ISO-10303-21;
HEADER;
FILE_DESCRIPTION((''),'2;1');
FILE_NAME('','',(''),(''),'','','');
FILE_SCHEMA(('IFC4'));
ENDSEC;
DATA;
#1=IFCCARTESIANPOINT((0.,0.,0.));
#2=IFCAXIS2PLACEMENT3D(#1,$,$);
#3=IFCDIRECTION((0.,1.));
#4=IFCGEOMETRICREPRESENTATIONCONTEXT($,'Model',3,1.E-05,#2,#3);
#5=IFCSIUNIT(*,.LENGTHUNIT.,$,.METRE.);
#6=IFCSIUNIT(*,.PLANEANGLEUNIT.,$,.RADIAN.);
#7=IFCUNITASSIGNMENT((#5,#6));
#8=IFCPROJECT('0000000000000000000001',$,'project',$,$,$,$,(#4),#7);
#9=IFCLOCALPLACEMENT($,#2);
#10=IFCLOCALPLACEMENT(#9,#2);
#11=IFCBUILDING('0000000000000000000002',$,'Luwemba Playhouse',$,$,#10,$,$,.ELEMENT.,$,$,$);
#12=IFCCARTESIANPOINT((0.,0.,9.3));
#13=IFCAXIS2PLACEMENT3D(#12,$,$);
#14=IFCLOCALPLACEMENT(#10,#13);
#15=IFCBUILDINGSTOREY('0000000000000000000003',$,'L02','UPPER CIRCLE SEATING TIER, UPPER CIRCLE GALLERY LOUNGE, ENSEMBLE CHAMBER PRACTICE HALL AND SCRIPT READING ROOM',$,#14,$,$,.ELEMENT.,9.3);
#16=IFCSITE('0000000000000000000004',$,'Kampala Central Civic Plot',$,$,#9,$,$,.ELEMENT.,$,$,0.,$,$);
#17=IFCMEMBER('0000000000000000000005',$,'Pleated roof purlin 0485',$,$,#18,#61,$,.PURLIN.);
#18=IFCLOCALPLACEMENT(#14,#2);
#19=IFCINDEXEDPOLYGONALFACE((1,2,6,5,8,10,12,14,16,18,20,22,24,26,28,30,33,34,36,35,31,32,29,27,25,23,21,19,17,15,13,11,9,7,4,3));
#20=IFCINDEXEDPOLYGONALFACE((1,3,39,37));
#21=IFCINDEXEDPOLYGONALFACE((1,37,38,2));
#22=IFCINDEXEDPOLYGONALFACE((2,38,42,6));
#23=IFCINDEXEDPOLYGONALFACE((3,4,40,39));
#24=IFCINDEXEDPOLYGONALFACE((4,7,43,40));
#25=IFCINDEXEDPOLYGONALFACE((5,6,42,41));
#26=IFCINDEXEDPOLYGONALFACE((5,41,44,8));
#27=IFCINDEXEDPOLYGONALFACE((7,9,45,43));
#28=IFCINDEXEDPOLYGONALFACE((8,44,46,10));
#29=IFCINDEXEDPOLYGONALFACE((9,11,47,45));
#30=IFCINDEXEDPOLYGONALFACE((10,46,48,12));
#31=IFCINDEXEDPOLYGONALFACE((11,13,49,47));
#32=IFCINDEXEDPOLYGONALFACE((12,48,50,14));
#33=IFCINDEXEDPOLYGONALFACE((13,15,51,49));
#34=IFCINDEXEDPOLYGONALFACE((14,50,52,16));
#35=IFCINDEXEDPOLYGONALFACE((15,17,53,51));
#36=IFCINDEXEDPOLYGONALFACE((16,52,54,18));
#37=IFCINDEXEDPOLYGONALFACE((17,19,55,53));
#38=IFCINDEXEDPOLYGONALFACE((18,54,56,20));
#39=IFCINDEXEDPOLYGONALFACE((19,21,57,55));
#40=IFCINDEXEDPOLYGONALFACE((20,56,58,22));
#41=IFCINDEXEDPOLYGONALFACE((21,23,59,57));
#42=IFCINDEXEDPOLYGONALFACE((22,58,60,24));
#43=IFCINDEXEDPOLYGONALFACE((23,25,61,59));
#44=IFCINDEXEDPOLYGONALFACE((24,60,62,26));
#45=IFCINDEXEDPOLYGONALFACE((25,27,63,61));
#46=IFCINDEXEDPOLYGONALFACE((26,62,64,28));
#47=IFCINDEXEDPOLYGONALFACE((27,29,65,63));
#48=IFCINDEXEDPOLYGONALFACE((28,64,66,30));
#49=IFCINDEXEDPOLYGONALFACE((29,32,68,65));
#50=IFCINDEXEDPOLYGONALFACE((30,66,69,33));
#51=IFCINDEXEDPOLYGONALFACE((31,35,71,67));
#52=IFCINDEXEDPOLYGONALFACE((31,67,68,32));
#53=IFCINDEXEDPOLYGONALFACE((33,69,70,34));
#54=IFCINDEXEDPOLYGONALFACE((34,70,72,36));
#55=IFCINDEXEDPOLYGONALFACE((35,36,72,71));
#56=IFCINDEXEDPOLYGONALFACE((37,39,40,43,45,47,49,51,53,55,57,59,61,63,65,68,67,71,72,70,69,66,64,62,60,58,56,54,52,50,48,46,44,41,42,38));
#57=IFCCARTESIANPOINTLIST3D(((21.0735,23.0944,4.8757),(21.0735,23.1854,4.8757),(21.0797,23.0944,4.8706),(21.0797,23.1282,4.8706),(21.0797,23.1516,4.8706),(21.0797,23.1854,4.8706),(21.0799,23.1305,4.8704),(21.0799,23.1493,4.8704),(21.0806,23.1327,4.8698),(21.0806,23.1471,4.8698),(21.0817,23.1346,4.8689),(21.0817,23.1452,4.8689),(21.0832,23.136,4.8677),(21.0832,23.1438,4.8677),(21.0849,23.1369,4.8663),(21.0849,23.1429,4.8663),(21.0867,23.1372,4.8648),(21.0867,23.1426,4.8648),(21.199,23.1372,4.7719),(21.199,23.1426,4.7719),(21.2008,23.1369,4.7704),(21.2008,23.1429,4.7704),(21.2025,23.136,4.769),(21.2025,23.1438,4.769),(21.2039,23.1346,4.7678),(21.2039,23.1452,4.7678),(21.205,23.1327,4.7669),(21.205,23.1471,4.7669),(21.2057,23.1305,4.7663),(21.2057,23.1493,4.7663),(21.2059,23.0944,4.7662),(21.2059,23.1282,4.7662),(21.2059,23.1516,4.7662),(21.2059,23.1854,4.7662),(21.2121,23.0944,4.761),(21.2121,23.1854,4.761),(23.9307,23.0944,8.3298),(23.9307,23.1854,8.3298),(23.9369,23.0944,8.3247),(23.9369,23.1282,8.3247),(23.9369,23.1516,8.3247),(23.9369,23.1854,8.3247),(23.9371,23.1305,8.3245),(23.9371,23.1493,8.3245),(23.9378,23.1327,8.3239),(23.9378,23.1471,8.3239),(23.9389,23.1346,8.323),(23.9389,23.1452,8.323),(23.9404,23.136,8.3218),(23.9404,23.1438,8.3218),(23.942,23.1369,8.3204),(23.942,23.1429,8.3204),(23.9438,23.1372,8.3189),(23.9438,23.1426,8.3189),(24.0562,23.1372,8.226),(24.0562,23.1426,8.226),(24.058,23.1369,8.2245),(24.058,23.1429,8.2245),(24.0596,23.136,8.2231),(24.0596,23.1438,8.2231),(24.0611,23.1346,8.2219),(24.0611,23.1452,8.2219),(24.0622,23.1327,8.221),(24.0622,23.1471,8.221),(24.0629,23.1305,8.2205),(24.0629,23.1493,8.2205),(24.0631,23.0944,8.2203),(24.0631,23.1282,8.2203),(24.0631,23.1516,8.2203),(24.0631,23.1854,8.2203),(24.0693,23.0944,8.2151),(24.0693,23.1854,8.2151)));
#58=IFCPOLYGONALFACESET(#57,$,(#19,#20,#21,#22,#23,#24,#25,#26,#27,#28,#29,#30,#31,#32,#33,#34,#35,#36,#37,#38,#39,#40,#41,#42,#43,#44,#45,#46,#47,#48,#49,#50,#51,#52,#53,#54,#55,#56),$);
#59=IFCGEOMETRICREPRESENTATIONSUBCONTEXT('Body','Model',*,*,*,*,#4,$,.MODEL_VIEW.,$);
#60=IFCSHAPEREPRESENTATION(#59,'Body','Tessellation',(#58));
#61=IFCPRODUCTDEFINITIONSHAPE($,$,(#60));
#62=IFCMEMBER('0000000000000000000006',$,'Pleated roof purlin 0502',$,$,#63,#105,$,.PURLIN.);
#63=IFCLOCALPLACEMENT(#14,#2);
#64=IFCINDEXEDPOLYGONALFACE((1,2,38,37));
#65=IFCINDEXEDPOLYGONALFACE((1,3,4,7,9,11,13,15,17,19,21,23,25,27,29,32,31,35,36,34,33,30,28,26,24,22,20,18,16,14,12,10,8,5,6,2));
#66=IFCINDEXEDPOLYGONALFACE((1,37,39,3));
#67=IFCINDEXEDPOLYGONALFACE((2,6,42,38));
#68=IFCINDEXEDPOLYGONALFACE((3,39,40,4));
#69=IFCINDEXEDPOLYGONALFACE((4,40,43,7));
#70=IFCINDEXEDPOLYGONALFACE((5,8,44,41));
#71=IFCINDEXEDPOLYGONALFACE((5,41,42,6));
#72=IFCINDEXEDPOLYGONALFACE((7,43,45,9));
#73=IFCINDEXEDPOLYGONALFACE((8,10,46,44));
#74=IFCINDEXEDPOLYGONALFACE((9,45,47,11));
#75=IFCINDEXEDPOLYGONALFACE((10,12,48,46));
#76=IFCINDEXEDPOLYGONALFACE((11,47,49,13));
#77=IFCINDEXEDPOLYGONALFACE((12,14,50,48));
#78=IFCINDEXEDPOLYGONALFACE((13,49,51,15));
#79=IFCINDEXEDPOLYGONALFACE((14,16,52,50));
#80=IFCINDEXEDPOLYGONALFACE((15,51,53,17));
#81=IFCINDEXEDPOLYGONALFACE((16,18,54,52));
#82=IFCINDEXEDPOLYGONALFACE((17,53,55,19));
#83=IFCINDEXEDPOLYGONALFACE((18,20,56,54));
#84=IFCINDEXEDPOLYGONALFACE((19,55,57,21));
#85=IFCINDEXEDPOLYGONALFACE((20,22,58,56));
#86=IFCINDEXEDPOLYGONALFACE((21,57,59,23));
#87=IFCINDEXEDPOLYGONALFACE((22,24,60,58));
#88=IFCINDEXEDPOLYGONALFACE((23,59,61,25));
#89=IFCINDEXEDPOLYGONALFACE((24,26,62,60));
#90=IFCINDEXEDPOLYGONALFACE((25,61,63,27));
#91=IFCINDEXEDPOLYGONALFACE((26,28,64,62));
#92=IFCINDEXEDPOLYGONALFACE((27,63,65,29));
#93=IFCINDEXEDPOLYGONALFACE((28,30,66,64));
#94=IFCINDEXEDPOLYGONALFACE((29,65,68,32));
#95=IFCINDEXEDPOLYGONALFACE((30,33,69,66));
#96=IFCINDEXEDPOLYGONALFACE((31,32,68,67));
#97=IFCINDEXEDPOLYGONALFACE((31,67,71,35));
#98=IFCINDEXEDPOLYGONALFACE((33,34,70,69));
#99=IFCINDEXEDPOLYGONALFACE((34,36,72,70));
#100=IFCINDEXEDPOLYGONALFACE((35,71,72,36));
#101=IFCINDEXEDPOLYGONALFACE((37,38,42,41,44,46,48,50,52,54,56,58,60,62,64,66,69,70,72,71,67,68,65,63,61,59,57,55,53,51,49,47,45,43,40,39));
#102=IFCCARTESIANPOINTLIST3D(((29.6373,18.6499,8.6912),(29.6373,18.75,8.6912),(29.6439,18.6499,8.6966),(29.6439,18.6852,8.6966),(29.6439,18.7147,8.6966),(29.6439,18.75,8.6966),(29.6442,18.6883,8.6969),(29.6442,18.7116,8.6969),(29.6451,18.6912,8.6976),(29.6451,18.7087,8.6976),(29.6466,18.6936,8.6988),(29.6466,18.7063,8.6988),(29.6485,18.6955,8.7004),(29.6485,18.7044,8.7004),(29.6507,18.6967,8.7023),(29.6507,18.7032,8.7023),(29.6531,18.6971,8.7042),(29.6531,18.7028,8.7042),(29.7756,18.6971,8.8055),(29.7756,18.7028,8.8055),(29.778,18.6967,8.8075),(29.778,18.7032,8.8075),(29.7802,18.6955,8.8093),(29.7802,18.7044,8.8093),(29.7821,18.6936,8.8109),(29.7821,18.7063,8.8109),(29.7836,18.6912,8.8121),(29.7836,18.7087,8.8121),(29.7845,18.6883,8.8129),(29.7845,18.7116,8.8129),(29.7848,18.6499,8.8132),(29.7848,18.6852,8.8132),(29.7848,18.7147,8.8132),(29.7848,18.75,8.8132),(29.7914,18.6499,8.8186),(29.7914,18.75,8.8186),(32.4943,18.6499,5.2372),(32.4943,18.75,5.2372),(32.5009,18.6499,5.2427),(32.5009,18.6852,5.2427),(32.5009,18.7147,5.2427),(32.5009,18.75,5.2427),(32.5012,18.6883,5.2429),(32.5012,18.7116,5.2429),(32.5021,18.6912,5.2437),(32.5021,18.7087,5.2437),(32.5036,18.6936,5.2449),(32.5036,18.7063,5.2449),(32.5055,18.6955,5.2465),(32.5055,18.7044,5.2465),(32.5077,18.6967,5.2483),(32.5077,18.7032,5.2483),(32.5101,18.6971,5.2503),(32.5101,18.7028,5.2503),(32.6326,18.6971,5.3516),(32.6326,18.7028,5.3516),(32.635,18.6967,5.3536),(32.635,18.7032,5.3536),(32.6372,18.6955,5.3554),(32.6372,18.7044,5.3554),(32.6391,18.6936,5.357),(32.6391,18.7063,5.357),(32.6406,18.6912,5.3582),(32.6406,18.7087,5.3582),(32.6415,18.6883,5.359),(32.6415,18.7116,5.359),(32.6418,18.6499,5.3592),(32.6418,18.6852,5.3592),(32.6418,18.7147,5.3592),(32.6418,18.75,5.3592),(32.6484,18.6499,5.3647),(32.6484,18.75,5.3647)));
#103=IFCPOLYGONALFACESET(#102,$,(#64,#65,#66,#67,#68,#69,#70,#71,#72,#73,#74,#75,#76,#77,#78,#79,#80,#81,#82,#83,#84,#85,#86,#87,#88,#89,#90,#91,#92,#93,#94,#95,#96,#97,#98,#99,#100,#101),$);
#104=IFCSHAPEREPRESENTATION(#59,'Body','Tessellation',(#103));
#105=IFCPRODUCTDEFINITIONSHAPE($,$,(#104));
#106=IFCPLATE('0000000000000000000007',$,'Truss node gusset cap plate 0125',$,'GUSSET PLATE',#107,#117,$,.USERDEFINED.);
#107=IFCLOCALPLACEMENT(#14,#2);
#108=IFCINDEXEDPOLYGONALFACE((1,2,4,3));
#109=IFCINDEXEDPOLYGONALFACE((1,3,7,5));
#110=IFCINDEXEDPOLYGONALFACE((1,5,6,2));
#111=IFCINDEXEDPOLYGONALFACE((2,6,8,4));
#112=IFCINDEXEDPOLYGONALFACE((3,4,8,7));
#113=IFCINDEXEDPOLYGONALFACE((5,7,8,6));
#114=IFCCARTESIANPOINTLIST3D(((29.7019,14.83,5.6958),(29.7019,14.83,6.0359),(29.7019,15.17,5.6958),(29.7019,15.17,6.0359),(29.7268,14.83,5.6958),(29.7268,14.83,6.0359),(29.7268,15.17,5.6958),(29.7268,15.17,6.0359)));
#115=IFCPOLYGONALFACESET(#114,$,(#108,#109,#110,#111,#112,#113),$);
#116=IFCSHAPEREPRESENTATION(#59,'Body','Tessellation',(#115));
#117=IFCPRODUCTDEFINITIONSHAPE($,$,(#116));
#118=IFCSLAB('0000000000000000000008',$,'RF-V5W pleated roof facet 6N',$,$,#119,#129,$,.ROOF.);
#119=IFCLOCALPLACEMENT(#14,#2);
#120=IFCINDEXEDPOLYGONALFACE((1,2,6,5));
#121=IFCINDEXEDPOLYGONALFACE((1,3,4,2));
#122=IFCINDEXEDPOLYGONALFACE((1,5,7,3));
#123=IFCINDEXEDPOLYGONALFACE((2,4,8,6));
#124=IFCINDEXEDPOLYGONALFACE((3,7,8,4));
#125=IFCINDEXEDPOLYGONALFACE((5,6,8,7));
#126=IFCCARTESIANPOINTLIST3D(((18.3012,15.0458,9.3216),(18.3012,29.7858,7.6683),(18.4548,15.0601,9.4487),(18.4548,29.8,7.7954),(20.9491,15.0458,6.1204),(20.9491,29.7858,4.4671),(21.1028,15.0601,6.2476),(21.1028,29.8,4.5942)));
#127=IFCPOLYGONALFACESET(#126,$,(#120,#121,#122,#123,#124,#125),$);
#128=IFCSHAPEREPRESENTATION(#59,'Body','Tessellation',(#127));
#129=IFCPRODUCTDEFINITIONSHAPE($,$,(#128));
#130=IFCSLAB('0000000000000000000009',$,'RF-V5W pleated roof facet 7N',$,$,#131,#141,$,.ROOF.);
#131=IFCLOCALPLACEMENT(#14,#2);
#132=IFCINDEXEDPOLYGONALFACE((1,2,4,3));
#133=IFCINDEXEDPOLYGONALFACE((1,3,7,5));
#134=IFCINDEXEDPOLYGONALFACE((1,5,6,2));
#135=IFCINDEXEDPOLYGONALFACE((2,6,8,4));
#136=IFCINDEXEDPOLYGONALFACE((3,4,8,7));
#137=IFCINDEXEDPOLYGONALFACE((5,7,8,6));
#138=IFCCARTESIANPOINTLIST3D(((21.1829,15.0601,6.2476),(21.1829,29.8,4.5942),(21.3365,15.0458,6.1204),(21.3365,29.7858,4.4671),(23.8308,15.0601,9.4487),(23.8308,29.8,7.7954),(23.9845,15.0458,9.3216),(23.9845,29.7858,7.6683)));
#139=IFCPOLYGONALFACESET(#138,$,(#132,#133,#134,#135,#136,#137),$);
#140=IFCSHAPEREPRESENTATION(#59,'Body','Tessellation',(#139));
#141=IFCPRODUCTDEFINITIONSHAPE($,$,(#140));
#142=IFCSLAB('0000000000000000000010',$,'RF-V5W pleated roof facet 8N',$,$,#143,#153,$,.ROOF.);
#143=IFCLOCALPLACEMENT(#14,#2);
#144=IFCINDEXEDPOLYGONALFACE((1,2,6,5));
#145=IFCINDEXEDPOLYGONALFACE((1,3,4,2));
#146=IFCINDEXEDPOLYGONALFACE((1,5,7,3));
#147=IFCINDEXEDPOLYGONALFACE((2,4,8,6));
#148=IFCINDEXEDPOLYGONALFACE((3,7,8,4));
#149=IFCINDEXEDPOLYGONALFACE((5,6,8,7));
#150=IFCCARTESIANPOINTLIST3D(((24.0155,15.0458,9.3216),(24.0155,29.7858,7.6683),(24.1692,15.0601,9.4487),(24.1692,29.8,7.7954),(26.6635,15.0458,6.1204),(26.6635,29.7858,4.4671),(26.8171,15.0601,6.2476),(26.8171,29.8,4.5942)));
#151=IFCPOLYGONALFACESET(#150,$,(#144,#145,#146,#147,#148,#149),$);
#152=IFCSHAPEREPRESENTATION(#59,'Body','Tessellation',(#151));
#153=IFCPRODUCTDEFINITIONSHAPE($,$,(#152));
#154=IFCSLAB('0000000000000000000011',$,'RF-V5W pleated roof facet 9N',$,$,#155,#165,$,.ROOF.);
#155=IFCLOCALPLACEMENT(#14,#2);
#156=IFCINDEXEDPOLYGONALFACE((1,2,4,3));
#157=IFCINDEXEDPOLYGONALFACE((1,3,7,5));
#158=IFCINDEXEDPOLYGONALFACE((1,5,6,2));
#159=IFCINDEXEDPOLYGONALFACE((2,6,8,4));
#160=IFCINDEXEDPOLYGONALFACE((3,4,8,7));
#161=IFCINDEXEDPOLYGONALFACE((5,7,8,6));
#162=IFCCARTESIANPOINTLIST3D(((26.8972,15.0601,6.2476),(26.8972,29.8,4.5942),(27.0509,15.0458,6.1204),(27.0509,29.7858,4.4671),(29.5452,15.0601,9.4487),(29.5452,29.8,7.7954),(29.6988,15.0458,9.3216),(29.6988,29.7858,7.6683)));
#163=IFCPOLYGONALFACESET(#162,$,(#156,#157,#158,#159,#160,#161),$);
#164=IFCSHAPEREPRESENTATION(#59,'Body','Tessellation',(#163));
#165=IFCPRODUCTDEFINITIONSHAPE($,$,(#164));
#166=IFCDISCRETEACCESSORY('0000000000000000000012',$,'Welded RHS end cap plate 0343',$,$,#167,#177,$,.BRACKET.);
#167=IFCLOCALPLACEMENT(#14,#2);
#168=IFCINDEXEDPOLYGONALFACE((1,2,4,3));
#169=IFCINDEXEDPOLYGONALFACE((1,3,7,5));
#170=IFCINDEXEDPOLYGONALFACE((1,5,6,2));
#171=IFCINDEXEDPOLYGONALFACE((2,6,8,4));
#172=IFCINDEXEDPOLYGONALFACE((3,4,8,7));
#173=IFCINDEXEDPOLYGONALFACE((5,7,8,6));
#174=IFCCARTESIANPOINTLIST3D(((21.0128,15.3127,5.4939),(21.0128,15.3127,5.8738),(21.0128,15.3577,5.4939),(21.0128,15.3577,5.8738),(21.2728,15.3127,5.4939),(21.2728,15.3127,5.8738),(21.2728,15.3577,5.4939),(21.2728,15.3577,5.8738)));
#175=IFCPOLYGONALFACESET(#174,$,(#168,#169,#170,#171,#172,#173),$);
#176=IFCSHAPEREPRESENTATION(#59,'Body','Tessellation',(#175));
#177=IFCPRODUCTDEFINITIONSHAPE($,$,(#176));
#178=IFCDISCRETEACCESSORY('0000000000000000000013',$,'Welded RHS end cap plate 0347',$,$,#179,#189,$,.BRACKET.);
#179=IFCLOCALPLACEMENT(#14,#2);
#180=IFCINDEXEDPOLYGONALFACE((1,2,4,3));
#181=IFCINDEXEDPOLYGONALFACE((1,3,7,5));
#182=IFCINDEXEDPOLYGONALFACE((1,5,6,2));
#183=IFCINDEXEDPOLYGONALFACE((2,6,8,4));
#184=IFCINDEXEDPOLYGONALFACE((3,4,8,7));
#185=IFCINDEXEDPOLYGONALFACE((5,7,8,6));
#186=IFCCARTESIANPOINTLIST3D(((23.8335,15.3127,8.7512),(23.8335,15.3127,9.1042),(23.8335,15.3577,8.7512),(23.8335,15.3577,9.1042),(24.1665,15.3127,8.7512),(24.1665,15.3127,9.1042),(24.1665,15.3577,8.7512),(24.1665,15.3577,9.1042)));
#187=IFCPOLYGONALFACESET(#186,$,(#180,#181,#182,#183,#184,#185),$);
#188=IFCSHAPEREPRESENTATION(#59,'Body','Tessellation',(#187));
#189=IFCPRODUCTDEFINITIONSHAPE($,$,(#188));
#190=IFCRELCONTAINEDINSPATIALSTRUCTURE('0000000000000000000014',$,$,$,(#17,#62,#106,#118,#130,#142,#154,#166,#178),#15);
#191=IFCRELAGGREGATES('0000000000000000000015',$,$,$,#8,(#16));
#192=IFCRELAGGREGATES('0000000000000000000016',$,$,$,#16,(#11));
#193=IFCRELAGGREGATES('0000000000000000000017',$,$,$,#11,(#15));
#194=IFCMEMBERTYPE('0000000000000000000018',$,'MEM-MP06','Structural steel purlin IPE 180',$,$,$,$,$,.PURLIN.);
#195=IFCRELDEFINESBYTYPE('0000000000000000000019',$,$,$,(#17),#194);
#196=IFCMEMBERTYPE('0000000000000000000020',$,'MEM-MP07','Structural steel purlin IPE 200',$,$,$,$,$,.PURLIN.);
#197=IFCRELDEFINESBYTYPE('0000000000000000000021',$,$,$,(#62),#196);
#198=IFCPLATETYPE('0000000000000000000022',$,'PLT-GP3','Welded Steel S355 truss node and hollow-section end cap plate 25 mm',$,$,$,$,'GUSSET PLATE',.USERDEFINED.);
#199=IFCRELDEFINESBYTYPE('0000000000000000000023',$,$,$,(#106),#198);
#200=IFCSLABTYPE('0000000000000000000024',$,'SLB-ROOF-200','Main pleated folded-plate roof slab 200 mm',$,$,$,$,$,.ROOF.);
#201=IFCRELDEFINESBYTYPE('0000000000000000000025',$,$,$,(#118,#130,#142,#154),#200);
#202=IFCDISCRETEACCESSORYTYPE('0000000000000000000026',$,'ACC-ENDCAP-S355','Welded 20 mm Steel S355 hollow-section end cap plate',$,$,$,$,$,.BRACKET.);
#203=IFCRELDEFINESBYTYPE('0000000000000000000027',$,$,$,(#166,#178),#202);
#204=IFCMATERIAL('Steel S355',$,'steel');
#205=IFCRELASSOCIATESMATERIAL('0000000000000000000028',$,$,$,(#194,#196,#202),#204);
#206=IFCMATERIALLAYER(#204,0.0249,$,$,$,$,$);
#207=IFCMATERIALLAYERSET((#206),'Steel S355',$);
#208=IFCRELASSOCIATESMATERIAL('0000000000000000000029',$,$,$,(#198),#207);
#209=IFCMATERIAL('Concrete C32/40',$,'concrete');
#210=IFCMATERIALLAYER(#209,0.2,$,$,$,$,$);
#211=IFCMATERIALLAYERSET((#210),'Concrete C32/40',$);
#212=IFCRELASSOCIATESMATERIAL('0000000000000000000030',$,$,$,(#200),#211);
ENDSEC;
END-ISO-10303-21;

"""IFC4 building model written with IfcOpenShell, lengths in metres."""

from ifc_helpers import new_model, si_unit, direction, frame, origin, origin_2d, place, context, subcontext, project, spatial, polyline, rectangle, i_section, outline, extrude, material, layer, layer_set, material_profile, profile_set, type_object, element, save


model = new_model("IFC4")

# Units and contexts
model_context = context("Model", 3, precision=1e-05, world=origin(), true_north=direction((0.0, 1.0)))
body_context = subcontext(model_context, "Body", "Model", "MODEL_VIEW")
ifc_project = project(units=[si_unit("LENGTHUNIT", "METRE"), si_unit("PLANEANGLEUNIT", "RADIAN")], contexts=[model_context])

# Site, building, storey
site_placement = place(None, origin())
site = spatial("IfcSite", under=ifc_project, at=site_placement, Name="Kampala Central Civic Plot", CompositionType="ELEMENT", RefElevation=0.0)
building_placement = place(site_placement, origin())
building = spatial("IfcBuilding", under=site, at=building_placement, Name="Luwemba Playhouse", CompositionType="ELEMENT")
storey_placement = place(building_placement, frame((0.0, 0.0, 9.3)))
storey = spatial("IfcBuildingStorey", under=building, at=storey_placement, Name="L02", Description="UPPER CIRCLE SEATING TIER, UPPER CIRCLE GALLERY LOUNGE, ENSEMBLE CHAMBER PRACTICE HALL AND SCRIPT READING ROOM", CompositionType="ELEMENT", Elevation=9.3)

# Shared definitions
ifc_material_1 = material(Name="Steel S355", Category="steel")

# Members
ifc_material_profile_1 = material_profile(ifc_material_1, i_section(OverallWidth=0.0911, OverallDepth=0.1799, WebThickness=0.0054, FlangeThickness=0.0081, FilletRadius=0.009, at=origin_2d()))
ifc_profile_set_1 = profile_set([ifc_material_profile_1], Name="Steel S355")
member_type_1 = type_object("IfcMemberType", Name="MEM-MP06", Description="Structural steel purlin IPE 180", PredefinedType="PURLIN", material=ifc_profile_set_1)
member_1_placement = place(storey_placement, frame((21.1428, 23.1399, 4.8184), z_axis=(0.637384, 0.0, 0.770547), x_axis=(0.0, 1.0, 0.0)))
element("IfcMember", 1, at=member_1_placement, inside=storey, type_object=member_type_1, Name="Pleated roof purlin 0485", PredefinedType="PURLIN", context=body_context, shape_type="SweptSolid", body=[
    extrude(i_section(OverallWidth=0.0911, OverallDepth=0.1799, WebThickness=0.0054, FlangeThickness=0.0081, FilletRadius=0.009, at=origin_2d()), origin(), (0.0, 0.0, 1.0), 4.4827),
])
ifc_material_profile_2 = material_profile(ifc_material_1, i_section(OverallWidth=0.1001, OverallDepth=0.2, WebThickness=0.0056, FlangeThickness=0.0085, FilletRadius=0.012, at=origin_2d()))
ifc_profile_set_2 = profile_set([ifc_material_profile_2], Name="Steel S355")
member_type_2 = type_object("IfcMemberType", Name="MEM-MP07", Description="Structural steel purlin IPE 200", PredefinedType="PURLIN", material=ifc_profile_set_2)
member_2_placement = place(storey_placement, frame((29.7144, 18.7, 8.7549), z_axis=(0.637378, 0.0, -0.770551), x_axis=(0.0, 1.0, 0.0)))
element("IfcMember", 2, at=member_2_placement, inside=storey, type_object=member_type_2, Name="Pleated roof purlin 0502", PredefinedType="PURLIN", context=body_context, shape_type="SweptSolid", body=[
    extrude(i_section(OverallWidth=0.1001, OverallDepth=0.2, WebThickness=0.0056, FlangeThickness=0.0085, FilletRadius=0.012, at=origin_2d()), origin(), (0.0, 0.0, 1.0), 4.4824),
])

# Plate
ifc_layer_1 = layer(ifc_material_1, 0.0249)
ifc_layer_set_1 = layer_set([ifc_layer_1], Name="Steel S355")
plate_type = type_object("IfcPlateType", Name="PLT-GP3", Description="Welded Steel S355 truss node and hollow-section end cap plate 25 mm", ElementType="GUSSET PLATE", PredefinedType="USERDEFINED", material=ifc_layer_set_1)
plate_placement = place(storey_placement, frame((29.7144, 15.0, 5.6958), z_axis=(0.0, 0.0, 1.0), x_axis=(1.0, 0.0, 0.0)))
element("IfcPlate", 3, at=plate_placement, inside=storey, type_object=plate_type, Name="Truss node gusset cap plate 0125", ObjectType="GUSSET PLATE", PredefinedType="USERDEFINED", context=body_context, shape_type="SweptSolid", body=[
    extrude(rectangle(XDim=0.0249, YDim=0.3401, at=origin_2d()), origin(), (0.0, 0.0, 1.0), 0.3401),
])

# Slabs
ifc_material_2 = material(Name="Concrete C32/40", Category="concrete")
ifc_layer_2 = layer(ifc_material_2, 0.2)
ifc_layer_set_2 = layer_set([ifc_layer_2], Name="Concrete C32/40")
slab_type = type_object("IfcSlabType", Name="SLB-ROOF-200", Description="Main pleated folded-plate roof slab 200 mm", PredefinedType="ROOF", material=ifc_layer_set_2)
slab_1_placement = place(storey_placement, frame((18.4548, 15.0601, 9.4487), z_axis=(0.768586, 0.07131, 0.63576), x_axis=(0.637382, 0.0, -0.770548)))
element("IfcSlab", 4, at=slab_1_placement, inside=storey, type_object=slab_type, Name="RF-V5W pleated roof facet 6N", PredefinedType="ROOF", context=body_context, shape_type="SweptSolid", body=[
    extrude(outline(polyline([(0.0, 0.0), (4.1544, 0.0), (5.4284, 14.7776), (1.274, 14.7776), (0.0, 0.0)])), origin(), (0.0, 0.0, -1.0), 0.2),
])
slab_2_placement = place(storey_placement, frame((21.1829, 15.0601, 6.2476), z_axis=(-0.768586, 0.07131, 0.63576), x_axis=(0.637382, 0.0, 0.770548)))
element("IfcSlab", 5, at=slab_2_placement, inside=storey, type_object=slab_type, Name="RF-V5W pleated roof facet 7N", PredefinedType="ROOF", context=body_context, shape_type="SweptSolid", body=[
    extrude(outline(polyline([(0.0, 0.0), (4.1544, 0.0), (2.8804, 14.7776), (-1.274, 14.7776), (0.0, 0.0)])), origin(), (0.0, 0.0, -1.0), 0.2),
])
slab_3_placement = place(storey_placement, frame((24.1692, 15.0601, 9.4487), z_axis=(0.768586, 0.07131, 0.63576), x_axis=(0.637382, 0.0, -0.770548)))
element("IfcSlab", 6, at=slab_3_placement, inside=storey, type_object=slab_type, Name="RF-V5W pleated roof facet 8N", PredefinedType="ROOF", context=body_context, shape_type="SweptSolid", body=[
    extrude(outline(polyline([(0.0, 0.0), (4.1544, 0.0), (5.4284, 14.7776), (1.274, 14.7776), (0.0, 0.0)])), origin(), (0.0, 0.0, -1.0), 0.2),
])
slab_4_placement = place(storey_placement, frame((26.8972, 15.0601, 6.2476), z_axis=(-0.768586, 0.07131, 0.63576), x_axis=(0.637382, 0.0, 0.770548)))
element("IfcSlab", 7, at=slab_4_placement, inside=storey, type_object=slab_type, Name="RF-V5W pleated roof facet 9N", PredefinedType="ROOF", context=body_context, shape_type="SweptSolid", body=[
    extrude(outline(polyline([(0.0, 0.0), (4.1544, 0.0), (2.8804, 14.7776), (-1.274, 14.7776), (0.0, 0.0)])), origin(), (0.0, 0.0, -1.0), 0.2),
])

# Discrete accessories
discrete_accessory_type = type_object("IfcDiscreteAccessoryType", Name="ACC-ENDCAP-S355", Description="Welded 20 mm Steel S355 hollow-section end cap plate", PredefinedType="BRACKET", material=ifc_material_1)
discrete_accessory_1_placement = place(storey_placement, frame((21.1428, 15.3352, 5.4939), z_axis=(0.0, 0.0, 1.0), x_axis=(1.0, 0.0, 0.0)))
element("IfcDiscreteAccessory", 8, at=discrete_accessory_1_placement, inside=storey, type_object=discrete_accessory_type, Name="Welded RHS end cap plate 0343", PredefinedType="BRACKET", context=body_context, shape_type="SweptSolid", body=[
    extrude(rectangle(XDim=0.26, YDim=0.0449, at=origin_2d()), origin(), (0.0, 0.0, 1.0), 0.3799),
])
discrete_accessory_2_placement = place(storey_placement, frame((24.0, 15.3352, 8.7512), z_axis=(0.0, 0.0, 1.0), x_axis=(1.0, 0.0, 0.0)))
element("IfcDiscreteAccessory", 9, at=discrete_accessory_2_placement, inside=storey, type_object=discrete_accessory_type, Name="Welded RHS end cap plate 0347", PredefinedType="BRACKET", context=body_context, shape_type="SweptSolid", body=[
    extrude(rectangle(XDim=0.333, YDim=0.0449, at=origin_2d()), origin(), (0.0, 0.0, 1.0), 0.353),
])

save(model, "model.ifc")
